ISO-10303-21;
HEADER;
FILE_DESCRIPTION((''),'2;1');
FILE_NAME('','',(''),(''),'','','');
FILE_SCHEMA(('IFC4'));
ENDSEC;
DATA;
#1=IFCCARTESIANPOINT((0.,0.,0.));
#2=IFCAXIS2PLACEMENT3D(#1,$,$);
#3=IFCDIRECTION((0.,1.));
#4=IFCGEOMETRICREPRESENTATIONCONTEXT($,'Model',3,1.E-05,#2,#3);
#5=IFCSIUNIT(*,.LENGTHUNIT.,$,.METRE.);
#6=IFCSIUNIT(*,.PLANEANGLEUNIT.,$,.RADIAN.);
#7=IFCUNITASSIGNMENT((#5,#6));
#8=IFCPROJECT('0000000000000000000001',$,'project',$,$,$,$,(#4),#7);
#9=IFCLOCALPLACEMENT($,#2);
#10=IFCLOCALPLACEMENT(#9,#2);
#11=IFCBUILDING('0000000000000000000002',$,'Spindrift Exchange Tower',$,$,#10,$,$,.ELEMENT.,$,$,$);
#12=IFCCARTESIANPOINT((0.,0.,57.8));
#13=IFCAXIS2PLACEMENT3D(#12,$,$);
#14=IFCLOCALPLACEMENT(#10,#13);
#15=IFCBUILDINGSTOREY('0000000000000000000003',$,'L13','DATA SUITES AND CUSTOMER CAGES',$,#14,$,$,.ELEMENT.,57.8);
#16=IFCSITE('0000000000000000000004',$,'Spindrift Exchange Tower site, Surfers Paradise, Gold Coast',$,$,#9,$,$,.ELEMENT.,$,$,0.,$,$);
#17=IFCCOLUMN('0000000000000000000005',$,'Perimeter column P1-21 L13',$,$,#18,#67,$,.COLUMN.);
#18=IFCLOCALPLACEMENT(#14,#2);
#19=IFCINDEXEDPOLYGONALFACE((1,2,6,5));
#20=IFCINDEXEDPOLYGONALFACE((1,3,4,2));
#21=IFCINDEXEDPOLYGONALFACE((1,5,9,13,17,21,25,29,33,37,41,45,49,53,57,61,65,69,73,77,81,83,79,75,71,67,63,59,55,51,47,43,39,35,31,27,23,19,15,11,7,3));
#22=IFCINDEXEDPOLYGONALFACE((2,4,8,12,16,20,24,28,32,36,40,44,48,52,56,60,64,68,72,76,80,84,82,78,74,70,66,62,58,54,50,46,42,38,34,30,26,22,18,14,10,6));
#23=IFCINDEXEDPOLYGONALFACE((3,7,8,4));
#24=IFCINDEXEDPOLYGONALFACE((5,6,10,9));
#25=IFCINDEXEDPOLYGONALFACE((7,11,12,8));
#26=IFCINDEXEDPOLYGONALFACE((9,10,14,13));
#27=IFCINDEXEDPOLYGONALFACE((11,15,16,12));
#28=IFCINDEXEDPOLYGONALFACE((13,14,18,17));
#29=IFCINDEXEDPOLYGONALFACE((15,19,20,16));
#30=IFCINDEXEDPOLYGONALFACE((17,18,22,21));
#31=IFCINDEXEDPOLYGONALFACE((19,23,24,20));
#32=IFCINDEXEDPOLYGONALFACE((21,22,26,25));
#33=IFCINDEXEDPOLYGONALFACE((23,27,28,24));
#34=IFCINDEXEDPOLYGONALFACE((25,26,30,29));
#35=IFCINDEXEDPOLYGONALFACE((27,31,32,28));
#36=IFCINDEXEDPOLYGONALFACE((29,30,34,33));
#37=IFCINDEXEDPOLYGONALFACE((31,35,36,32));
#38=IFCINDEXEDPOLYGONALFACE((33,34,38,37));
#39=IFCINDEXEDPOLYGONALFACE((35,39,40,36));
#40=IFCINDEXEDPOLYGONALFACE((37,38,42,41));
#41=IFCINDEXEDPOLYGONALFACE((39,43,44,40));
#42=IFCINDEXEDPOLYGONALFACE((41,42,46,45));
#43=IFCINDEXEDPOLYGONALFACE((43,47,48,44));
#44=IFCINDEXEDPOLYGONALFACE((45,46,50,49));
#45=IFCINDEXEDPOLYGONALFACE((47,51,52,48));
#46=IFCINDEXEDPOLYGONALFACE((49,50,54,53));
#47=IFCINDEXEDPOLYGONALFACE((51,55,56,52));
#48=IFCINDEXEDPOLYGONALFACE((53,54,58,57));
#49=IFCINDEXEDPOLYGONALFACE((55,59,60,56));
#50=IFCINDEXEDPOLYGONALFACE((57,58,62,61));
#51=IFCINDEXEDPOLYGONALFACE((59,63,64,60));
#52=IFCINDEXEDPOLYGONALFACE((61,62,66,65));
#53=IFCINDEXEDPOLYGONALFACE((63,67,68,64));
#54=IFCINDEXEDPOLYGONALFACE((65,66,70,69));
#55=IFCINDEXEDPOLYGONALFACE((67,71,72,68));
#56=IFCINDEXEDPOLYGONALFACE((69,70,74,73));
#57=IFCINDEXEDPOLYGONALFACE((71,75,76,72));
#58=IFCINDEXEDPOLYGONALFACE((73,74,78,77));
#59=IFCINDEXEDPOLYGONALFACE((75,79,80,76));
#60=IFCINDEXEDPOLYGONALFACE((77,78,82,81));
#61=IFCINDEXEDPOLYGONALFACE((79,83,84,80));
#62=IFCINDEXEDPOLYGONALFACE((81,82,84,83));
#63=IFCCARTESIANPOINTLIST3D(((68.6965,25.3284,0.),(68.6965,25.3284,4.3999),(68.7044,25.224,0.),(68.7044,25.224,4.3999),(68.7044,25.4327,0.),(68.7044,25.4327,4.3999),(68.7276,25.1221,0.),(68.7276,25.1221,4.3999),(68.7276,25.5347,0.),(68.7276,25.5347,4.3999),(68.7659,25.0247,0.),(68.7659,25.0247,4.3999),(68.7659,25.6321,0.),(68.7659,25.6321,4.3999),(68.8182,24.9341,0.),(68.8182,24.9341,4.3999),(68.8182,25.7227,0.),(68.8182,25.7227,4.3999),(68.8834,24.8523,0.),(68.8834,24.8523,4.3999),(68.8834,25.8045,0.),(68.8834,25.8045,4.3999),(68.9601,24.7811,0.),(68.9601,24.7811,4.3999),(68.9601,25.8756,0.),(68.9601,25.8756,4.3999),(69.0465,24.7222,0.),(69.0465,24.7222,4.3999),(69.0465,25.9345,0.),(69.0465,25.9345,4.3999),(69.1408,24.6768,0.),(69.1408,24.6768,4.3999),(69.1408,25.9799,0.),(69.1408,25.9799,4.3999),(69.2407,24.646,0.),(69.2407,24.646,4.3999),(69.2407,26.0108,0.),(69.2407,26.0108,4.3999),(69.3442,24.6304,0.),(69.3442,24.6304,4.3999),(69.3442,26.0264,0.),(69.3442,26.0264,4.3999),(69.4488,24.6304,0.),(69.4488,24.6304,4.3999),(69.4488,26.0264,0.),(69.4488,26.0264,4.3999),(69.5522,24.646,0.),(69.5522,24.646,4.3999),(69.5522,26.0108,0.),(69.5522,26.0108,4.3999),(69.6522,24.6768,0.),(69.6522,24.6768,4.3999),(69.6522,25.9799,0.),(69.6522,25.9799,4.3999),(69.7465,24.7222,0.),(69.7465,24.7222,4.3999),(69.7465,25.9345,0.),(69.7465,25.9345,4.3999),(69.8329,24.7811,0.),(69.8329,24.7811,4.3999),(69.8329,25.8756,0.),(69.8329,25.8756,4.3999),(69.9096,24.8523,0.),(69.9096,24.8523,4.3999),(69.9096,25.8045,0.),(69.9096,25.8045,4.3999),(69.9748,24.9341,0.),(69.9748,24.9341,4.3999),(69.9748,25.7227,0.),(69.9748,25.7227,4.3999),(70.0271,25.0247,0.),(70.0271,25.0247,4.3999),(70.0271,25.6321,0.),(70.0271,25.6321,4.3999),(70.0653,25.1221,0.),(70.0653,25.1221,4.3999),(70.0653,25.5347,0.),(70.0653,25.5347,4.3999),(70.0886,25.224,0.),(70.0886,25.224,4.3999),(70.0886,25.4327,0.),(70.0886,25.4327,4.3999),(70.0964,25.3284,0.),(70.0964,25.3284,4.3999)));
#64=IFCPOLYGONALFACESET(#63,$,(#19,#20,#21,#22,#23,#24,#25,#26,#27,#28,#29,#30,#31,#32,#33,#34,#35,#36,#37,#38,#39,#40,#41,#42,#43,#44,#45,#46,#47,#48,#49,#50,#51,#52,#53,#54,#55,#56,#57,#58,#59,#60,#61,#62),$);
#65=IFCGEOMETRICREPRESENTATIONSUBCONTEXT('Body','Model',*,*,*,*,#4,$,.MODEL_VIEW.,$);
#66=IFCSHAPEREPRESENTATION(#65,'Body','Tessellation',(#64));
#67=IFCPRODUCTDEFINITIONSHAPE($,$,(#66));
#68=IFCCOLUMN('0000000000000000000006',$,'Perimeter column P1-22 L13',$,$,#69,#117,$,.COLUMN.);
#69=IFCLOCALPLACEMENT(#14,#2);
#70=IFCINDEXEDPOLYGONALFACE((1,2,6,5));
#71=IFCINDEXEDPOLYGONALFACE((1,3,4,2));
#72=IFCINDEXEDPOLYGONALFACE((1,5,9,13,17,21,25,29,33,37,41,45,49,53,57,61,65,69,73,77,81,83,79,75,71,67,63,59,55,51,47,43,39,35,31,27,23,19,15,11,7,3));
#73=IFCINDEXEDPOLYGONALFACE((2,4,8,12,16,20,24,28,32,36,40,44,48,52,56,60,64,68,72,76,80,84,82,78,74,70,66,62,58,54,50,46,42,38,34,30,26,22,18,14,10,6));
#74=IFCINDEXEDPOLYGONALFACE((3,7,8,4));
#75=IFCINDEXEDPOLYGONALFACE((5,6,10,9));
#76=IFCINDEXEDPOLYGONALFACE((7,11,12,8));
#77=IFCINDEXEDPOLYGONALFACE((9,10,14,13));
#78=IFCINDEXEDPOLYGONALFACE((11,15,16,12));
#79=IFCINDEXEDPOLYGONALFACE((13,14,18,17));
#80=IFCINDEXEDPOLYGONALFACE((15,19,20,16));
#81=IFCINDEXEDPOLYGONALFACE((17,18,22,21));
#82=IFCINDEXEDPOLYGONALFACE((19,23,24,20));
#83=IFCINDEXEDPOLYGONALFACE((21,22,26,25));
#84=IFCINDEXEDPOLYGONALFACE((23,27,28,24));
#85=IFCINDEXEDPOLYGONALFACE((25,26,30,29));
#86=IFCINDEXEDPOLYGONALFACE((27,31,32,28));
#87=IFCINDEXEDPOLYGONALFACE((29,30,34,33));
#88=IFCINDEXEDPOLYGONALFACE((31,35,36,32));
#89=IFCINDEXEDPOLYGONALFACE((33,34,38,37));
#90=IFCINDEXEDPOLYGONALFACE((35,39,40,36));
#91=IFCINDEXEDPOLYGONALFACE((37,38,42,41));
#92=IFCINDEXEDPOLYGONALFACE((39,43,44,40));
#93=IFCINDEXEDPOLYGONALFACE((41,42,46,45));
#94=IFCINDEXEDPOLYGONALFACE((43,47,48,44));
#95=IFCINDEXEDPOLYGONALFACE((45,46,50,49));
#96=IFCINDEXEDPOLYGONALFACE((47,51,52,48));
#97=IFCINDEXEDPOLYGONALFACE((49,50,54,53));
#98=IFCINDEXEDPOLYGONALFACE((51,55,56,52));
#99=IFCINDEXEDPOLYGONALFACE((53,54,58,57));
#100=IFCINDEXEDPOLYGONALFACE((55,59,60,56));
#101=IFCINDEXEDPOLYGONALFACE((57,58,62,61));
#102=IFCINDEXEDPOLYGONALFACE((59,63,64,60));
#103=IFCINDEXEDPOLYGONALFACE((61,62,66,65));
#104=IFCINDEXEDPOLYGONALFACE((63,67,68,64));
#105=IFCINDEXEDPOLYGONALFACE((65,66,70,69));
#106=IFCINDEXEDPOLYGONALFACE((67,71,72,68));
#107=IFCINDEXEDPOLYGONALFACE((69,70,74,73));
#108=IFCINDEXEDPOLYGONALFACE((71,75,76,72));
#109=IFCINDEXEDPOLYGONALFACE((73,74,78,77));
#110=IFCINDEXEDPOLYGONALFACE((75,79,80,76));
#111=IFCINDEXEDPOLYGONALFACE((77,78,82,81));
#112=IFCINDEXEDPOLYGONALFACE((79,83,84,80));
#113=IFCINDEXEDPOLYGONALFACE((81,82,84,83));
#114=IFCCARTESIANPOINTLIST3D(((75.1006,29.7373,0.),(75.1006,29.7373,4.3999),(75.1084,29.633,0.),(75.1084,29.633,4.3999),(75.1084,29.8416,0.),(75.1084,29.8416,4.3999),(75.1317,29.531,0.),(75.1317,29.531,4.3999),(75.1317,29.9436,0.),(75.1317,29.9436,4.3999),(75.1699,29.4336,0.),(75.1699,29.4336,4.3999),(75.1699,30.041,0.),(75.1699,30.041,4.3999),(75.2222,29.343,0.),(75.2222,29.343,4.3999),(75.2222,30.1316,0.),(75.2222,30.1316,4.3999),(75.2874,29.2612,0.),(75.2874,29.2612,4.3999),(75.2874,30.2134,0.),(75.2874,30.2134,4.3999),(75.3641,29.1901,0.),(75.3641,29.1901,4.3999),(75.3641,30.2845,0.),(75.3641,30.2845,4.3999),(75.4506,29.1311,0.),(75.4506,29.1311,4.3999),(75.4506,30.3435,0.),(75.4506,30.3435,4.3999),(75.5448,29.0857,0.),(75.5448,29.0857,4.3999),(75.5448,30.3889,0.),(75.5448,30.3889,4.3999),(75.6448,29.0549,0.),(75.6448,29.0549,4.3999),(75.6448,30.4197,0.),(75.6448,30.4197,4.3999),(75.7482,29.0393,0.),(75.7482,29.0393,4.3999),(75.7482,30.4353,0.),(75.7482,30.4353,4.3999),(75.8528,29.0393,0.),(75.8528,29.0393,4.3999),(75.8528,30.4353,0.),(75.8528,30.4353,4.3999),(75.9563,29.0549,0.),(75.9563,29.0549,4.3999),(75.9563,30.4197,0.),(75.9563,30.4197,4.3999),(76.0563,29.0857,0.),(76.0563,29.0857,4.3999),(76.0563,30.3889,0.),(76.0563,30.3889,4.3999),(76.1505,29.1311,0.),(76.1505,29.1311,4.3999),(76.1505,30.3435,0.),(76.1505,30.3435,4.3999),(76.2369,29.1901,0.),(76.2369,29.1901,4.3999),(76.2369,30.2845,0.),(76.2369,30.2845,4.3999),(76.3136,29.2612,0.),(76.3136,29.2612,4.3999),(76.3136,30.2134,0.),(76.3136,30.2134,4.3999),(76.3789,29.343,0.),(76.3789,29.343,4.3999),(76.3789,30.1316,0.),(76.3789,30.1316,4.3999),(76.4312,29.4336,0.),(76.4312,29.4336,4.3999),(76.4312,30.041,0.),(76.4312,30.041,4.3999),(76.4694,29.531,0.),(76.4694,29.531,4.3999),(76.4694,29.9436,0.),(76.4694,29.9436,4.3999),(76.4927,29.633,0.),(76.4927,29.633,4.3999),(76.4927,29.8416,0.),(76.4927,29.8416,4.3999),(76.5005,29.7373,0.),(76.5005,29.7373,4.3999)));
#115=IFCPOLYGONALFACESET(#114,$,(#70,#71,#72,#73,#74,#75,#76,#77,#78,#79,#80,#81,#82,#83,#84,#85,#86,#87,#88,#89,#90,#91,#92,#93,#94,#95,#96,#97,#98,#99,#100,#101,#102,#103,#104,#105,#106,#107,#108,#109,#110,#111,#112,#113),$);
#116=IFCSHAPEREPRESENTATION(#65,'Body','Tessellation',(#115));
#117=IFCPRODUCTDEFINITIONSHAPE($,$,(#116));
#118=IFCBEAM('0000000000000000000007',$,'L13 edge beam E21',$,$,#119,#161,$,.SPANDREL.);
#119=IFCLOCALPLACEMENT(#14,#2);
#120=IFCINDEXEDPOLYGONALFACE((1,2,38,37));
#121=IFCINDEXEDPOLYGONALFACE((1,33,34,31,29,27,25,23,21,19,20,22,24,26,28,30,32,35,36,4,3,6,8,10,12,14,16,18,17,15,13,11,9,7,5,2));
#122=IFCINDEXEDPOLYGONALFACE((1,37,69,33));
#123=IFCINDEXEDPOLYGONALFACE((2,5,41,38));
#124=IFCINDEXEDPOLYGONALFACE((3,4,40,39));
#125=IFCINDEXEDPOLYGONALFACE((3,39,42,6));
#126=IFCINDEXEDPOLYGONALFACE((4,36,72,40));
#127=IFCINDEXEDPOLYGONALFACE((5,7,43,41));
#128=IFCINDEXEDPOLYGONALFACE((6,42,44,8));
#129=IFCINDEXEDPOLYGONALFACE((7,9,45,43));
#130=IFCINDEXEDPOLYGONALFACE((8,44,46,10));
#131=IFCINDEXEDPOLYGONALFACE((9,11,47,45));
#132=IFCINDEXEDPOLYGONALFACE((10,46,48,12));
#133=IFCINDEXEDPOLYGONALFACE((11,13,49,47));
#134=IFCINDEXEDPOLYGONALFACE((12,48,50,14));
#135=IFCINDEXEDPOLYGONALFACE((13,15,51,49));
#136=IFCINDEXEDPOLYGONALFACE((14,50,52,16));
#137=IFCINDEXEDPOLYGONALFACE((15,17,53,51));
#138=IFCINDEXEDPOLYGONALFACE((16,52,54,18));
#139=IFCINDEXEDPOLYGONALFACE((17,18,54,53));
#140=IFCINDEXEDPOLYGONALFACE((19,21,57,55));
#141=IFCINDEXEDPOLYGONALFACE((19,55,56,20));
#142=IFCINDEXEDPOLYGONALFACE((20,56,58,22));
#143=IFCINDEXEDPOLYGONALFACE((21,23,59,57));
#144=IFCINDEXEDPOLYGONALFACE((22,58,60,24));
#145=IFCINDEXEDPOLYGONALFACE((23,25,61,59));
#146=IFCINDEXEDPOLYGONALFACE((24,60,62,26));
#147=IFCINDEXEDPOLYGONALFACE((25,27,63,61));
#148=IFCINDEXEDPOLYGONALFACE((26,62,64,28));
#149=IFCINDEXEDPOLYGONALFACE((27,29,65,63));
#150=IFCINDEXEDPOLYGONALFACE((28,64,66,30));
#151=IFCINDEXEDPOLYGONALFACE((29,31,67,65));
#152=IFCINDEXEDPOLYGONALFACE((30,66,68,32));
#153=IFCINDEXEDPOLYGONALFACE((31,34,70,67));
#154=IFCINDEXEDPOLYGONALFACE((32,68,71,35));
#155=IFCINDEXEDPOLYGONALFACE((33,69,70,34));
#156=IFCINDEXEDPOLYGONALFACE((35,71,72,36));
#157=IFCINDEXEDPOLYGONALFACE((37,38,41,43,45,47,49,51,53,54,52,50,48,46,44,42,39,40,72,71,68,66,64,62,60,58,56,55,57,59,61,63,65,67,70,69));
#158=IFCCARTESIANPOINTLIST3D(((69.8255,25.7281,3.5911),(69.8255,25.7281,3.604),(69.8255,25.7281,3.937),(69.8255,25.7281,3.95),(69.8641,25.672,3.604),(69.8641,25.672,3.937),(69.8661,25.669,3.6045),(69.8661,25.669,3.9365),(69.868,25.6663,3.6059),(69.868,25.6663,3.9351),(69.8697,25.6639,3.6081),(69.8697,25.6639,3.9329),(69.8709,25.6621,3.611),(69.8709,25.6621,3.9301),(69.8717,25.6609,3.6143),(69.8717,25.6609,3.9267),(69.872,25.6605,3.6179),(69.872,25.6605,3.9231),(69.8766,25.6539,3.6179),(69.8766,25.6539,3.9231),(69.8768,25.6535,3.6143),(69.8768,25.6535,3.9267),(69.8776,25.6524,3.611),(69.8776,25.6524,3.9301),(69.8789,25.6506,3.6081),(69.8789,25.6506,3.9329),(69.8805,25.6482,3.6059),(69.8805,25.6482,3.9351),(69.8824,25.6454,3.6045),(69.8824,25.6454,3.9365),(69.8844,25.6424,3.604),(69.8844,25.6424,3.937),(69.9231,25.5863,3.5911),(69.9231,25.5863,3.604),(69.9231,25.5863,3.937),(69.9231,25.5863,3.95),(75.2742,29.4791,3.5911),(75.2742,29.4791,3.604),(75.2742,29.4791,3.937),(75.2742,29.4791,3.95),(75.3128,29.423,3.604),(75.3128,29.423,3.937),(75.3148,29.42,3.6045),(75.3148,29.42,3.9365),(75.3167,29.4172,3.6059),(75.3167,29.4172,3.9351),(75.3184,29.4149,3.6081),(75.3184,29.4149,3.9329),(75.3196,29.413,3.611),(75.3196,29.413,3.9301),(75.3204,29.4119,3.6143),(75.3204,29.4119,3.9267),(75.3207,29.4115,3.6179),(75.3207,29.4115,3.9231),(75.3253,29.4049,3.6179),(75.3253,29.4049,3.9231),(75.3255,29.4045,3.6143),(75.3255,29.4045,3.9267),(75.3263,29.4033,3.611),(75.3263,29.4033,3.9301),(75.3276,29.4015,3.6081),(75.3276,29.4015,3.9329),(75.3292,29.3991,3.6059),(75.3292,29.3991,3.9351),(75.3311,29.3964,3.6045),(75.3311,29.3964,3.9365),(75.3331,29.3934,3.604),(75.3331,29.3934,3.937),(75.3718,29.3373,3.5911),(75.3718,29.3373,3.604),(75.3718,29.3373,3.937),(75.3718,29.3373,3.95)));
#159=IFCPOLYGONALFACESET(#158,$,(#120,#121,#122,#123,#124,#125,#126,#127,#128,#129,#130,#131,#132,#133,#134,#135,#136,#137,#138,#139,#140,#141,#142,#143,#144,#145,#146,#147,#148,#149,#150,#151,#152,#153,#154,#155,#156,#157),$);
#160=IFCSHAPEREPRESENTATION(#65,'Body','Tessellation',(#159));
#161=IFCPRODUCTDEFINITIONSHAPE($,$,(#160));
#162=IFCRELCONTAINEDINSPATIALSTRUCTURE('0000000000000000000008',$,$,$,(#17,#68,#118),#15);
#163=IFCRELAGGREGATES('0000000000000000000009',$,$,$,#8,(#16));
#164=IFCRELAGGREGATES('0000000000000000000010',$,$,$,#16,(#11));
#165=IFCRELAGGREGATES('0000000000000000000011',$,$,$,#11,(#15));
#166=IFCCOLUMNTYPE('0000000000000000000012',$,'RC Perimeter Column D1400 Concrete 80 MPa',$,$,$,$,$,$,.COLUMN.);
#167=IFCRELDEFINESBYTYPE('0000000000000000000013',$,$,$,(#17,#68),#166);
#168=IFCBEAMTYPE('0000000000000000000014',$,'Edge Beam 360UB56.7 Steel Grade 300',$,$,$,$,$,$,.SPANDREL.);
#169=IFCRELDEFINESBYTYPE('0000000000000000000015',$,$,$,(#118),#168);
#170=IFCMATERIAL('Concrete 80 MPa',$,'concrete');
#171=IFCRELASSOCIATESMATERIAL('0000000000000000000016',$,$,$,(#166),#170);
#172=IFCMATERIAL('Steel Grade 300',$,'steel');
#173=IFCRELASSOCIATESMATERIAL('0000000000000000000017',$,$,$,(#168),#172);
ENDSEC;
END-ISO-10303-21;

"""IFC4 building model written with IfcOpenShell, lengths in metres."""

from ifc_helpers import new_model, si_unit, direction, frame, origin, origin_2d, place, context, subcontext, project, spatial, circle, i_section, extrude, source, transform, mapped, material, material_profile, profile_set, type_object, element, save


model = new_model("IFC4")

# Units and contexts
model_context = context("Model", 3, precision=1e-05, world=origin(), true_north=direction((0.0, 1.0)))
body_context = subcontext(model_context, "Body", "Model", "MODEL_VIEW")
ifc_project = project(units=[si_unit("LENGTHUNIT", "METRE"), si_unit("PLANEANGLEUNIT", "RADIAN")], contexts=[model_context])

# Site, building, storey
site_placement = place(None, origin())
site = spatial("IfcSite", under=ifc_project, at=site_placement, Name="Spindrift Exchange Tower site, Surfers Paradise, Gold Coast", CompositionType="ELEMENT", RefElevation=0.0)
building_placement = place(site_placement, origin())
building = spatial("IfcBuilding", under=site, at=building_placement, Name="Spindrift Exchange Tower", CompositionType="ELEMENT")
storey_placement = place(building_placement, frame((0.0, 0.0, 57.8)))
storey = spatial("IfcBuildingStorey", under=building, at=storey_placement, Name="L13", Description="DATA SUITES AND CUSTOMER CAGES", CompositionType="ELEMENT", Elevation=57.8)

# Columns
ifc_material_1 = material(Name="Concrete 80 MPa", Category="concrete")
ifc_material_profile_1 = material_profile(ifc_material_1, circle(Radius=0.7, at=origin_2d()), Name="RC D1400")
ifc_profile_set_1 = profile_set([ifc_material_profile_1], Name="Concrete 80 MPa")
column_type = type_object("IfcColumnType", Name="RC Perimeter Column D1400 Concrete 80 MPa", PredefinedType="COLUMN", material=ifc_profile_set_1)
shared_shape_1 = source(origin(), body_context, "Body", "SweptSolid", [
    extrude(circle(Radius=0.7, at=origin_2d()), origin(), (0.0, 0.0, 1.0), 4.3999),
])
for number, where, z_axis, x_axis, name in (
    (1, (69.3965, 25.3284, 0.0), (0.0, 0.0, 1.0), (1.0, 0.0, 0.0), "Perimeter column P1-21 L13"),
    (2, (75.8005, 29.7373, 0.0), (0.0, 0.0, 1.0), (1.0, 0.0, 0.0), "Perimeter column P1-22 L13"),
):
    element("IfcColumn", number, at=place(storey_placement, frame(where, z_axis=z_axis, x_axis=x_axis)), inside=storey, type_object=column_type, Name=name, PredefinedType="COLUMN", context=body_context, shape_type="MappedRepresentation", body=[
        mapped(shared_shape_1, transform((0.0, 0.0, 0.0), scale=1.0)),
    ])

# Beam
ifc_material_2 = material(Name="Steel Grade 300", Category="steel")
ifc_material_profile_2 = material_profile(ifc_material_2, i_section(OverallWidth=0.1721, OverallDepth=0.3589, WebThickness=0.0081, FlangeThickness=0.0129, FilletRadius=0.0139, at=origin_2d()), Name="360UB56.7")
ifc_profile_set_2 = profile_set([ifc_material_profile_2], Name="Steel Grade 300")
beam_type_1 = type_object("IfcBeamType", Name="Edge Beam 360UB56.7 Steel Grade 300", PredefinedType="SPANDREL", material=ifc_profile_set_2)
shared_shape_2 = source(origin(), body_context, "Body", "SweptSolid", [
    extrude(i_section(OverallWidth=0.1721, OverallDepth=0.3589, WebThickness=0.0081, FlangeThickness=0.0129, FilletRadius=0.0139, at=origin_2d()), origin(), (0.0, 0.0, 1.0), 6.615),
])
beam_1_placement = place(storey_placement, frame((69.8743, 25.6572, 3.7705), z_axis=(0.823691, 0.567039, 0.0), x_axis=(-0.567039, 0.823691, 0.0)))
element("IfcBeam", 3, at=beam_1_placement, inside=storey, type_object=beam_type_1, Name="L13 edge beam E21", PredefinedType="SPANDREL", context=body_context, shape_type="MappedRepresentation", body=[
    mapped(shared_shape_2, transform((0.0, 0.0, 0.0), scale=1.0)),
])

save(model, "model.ifc")
